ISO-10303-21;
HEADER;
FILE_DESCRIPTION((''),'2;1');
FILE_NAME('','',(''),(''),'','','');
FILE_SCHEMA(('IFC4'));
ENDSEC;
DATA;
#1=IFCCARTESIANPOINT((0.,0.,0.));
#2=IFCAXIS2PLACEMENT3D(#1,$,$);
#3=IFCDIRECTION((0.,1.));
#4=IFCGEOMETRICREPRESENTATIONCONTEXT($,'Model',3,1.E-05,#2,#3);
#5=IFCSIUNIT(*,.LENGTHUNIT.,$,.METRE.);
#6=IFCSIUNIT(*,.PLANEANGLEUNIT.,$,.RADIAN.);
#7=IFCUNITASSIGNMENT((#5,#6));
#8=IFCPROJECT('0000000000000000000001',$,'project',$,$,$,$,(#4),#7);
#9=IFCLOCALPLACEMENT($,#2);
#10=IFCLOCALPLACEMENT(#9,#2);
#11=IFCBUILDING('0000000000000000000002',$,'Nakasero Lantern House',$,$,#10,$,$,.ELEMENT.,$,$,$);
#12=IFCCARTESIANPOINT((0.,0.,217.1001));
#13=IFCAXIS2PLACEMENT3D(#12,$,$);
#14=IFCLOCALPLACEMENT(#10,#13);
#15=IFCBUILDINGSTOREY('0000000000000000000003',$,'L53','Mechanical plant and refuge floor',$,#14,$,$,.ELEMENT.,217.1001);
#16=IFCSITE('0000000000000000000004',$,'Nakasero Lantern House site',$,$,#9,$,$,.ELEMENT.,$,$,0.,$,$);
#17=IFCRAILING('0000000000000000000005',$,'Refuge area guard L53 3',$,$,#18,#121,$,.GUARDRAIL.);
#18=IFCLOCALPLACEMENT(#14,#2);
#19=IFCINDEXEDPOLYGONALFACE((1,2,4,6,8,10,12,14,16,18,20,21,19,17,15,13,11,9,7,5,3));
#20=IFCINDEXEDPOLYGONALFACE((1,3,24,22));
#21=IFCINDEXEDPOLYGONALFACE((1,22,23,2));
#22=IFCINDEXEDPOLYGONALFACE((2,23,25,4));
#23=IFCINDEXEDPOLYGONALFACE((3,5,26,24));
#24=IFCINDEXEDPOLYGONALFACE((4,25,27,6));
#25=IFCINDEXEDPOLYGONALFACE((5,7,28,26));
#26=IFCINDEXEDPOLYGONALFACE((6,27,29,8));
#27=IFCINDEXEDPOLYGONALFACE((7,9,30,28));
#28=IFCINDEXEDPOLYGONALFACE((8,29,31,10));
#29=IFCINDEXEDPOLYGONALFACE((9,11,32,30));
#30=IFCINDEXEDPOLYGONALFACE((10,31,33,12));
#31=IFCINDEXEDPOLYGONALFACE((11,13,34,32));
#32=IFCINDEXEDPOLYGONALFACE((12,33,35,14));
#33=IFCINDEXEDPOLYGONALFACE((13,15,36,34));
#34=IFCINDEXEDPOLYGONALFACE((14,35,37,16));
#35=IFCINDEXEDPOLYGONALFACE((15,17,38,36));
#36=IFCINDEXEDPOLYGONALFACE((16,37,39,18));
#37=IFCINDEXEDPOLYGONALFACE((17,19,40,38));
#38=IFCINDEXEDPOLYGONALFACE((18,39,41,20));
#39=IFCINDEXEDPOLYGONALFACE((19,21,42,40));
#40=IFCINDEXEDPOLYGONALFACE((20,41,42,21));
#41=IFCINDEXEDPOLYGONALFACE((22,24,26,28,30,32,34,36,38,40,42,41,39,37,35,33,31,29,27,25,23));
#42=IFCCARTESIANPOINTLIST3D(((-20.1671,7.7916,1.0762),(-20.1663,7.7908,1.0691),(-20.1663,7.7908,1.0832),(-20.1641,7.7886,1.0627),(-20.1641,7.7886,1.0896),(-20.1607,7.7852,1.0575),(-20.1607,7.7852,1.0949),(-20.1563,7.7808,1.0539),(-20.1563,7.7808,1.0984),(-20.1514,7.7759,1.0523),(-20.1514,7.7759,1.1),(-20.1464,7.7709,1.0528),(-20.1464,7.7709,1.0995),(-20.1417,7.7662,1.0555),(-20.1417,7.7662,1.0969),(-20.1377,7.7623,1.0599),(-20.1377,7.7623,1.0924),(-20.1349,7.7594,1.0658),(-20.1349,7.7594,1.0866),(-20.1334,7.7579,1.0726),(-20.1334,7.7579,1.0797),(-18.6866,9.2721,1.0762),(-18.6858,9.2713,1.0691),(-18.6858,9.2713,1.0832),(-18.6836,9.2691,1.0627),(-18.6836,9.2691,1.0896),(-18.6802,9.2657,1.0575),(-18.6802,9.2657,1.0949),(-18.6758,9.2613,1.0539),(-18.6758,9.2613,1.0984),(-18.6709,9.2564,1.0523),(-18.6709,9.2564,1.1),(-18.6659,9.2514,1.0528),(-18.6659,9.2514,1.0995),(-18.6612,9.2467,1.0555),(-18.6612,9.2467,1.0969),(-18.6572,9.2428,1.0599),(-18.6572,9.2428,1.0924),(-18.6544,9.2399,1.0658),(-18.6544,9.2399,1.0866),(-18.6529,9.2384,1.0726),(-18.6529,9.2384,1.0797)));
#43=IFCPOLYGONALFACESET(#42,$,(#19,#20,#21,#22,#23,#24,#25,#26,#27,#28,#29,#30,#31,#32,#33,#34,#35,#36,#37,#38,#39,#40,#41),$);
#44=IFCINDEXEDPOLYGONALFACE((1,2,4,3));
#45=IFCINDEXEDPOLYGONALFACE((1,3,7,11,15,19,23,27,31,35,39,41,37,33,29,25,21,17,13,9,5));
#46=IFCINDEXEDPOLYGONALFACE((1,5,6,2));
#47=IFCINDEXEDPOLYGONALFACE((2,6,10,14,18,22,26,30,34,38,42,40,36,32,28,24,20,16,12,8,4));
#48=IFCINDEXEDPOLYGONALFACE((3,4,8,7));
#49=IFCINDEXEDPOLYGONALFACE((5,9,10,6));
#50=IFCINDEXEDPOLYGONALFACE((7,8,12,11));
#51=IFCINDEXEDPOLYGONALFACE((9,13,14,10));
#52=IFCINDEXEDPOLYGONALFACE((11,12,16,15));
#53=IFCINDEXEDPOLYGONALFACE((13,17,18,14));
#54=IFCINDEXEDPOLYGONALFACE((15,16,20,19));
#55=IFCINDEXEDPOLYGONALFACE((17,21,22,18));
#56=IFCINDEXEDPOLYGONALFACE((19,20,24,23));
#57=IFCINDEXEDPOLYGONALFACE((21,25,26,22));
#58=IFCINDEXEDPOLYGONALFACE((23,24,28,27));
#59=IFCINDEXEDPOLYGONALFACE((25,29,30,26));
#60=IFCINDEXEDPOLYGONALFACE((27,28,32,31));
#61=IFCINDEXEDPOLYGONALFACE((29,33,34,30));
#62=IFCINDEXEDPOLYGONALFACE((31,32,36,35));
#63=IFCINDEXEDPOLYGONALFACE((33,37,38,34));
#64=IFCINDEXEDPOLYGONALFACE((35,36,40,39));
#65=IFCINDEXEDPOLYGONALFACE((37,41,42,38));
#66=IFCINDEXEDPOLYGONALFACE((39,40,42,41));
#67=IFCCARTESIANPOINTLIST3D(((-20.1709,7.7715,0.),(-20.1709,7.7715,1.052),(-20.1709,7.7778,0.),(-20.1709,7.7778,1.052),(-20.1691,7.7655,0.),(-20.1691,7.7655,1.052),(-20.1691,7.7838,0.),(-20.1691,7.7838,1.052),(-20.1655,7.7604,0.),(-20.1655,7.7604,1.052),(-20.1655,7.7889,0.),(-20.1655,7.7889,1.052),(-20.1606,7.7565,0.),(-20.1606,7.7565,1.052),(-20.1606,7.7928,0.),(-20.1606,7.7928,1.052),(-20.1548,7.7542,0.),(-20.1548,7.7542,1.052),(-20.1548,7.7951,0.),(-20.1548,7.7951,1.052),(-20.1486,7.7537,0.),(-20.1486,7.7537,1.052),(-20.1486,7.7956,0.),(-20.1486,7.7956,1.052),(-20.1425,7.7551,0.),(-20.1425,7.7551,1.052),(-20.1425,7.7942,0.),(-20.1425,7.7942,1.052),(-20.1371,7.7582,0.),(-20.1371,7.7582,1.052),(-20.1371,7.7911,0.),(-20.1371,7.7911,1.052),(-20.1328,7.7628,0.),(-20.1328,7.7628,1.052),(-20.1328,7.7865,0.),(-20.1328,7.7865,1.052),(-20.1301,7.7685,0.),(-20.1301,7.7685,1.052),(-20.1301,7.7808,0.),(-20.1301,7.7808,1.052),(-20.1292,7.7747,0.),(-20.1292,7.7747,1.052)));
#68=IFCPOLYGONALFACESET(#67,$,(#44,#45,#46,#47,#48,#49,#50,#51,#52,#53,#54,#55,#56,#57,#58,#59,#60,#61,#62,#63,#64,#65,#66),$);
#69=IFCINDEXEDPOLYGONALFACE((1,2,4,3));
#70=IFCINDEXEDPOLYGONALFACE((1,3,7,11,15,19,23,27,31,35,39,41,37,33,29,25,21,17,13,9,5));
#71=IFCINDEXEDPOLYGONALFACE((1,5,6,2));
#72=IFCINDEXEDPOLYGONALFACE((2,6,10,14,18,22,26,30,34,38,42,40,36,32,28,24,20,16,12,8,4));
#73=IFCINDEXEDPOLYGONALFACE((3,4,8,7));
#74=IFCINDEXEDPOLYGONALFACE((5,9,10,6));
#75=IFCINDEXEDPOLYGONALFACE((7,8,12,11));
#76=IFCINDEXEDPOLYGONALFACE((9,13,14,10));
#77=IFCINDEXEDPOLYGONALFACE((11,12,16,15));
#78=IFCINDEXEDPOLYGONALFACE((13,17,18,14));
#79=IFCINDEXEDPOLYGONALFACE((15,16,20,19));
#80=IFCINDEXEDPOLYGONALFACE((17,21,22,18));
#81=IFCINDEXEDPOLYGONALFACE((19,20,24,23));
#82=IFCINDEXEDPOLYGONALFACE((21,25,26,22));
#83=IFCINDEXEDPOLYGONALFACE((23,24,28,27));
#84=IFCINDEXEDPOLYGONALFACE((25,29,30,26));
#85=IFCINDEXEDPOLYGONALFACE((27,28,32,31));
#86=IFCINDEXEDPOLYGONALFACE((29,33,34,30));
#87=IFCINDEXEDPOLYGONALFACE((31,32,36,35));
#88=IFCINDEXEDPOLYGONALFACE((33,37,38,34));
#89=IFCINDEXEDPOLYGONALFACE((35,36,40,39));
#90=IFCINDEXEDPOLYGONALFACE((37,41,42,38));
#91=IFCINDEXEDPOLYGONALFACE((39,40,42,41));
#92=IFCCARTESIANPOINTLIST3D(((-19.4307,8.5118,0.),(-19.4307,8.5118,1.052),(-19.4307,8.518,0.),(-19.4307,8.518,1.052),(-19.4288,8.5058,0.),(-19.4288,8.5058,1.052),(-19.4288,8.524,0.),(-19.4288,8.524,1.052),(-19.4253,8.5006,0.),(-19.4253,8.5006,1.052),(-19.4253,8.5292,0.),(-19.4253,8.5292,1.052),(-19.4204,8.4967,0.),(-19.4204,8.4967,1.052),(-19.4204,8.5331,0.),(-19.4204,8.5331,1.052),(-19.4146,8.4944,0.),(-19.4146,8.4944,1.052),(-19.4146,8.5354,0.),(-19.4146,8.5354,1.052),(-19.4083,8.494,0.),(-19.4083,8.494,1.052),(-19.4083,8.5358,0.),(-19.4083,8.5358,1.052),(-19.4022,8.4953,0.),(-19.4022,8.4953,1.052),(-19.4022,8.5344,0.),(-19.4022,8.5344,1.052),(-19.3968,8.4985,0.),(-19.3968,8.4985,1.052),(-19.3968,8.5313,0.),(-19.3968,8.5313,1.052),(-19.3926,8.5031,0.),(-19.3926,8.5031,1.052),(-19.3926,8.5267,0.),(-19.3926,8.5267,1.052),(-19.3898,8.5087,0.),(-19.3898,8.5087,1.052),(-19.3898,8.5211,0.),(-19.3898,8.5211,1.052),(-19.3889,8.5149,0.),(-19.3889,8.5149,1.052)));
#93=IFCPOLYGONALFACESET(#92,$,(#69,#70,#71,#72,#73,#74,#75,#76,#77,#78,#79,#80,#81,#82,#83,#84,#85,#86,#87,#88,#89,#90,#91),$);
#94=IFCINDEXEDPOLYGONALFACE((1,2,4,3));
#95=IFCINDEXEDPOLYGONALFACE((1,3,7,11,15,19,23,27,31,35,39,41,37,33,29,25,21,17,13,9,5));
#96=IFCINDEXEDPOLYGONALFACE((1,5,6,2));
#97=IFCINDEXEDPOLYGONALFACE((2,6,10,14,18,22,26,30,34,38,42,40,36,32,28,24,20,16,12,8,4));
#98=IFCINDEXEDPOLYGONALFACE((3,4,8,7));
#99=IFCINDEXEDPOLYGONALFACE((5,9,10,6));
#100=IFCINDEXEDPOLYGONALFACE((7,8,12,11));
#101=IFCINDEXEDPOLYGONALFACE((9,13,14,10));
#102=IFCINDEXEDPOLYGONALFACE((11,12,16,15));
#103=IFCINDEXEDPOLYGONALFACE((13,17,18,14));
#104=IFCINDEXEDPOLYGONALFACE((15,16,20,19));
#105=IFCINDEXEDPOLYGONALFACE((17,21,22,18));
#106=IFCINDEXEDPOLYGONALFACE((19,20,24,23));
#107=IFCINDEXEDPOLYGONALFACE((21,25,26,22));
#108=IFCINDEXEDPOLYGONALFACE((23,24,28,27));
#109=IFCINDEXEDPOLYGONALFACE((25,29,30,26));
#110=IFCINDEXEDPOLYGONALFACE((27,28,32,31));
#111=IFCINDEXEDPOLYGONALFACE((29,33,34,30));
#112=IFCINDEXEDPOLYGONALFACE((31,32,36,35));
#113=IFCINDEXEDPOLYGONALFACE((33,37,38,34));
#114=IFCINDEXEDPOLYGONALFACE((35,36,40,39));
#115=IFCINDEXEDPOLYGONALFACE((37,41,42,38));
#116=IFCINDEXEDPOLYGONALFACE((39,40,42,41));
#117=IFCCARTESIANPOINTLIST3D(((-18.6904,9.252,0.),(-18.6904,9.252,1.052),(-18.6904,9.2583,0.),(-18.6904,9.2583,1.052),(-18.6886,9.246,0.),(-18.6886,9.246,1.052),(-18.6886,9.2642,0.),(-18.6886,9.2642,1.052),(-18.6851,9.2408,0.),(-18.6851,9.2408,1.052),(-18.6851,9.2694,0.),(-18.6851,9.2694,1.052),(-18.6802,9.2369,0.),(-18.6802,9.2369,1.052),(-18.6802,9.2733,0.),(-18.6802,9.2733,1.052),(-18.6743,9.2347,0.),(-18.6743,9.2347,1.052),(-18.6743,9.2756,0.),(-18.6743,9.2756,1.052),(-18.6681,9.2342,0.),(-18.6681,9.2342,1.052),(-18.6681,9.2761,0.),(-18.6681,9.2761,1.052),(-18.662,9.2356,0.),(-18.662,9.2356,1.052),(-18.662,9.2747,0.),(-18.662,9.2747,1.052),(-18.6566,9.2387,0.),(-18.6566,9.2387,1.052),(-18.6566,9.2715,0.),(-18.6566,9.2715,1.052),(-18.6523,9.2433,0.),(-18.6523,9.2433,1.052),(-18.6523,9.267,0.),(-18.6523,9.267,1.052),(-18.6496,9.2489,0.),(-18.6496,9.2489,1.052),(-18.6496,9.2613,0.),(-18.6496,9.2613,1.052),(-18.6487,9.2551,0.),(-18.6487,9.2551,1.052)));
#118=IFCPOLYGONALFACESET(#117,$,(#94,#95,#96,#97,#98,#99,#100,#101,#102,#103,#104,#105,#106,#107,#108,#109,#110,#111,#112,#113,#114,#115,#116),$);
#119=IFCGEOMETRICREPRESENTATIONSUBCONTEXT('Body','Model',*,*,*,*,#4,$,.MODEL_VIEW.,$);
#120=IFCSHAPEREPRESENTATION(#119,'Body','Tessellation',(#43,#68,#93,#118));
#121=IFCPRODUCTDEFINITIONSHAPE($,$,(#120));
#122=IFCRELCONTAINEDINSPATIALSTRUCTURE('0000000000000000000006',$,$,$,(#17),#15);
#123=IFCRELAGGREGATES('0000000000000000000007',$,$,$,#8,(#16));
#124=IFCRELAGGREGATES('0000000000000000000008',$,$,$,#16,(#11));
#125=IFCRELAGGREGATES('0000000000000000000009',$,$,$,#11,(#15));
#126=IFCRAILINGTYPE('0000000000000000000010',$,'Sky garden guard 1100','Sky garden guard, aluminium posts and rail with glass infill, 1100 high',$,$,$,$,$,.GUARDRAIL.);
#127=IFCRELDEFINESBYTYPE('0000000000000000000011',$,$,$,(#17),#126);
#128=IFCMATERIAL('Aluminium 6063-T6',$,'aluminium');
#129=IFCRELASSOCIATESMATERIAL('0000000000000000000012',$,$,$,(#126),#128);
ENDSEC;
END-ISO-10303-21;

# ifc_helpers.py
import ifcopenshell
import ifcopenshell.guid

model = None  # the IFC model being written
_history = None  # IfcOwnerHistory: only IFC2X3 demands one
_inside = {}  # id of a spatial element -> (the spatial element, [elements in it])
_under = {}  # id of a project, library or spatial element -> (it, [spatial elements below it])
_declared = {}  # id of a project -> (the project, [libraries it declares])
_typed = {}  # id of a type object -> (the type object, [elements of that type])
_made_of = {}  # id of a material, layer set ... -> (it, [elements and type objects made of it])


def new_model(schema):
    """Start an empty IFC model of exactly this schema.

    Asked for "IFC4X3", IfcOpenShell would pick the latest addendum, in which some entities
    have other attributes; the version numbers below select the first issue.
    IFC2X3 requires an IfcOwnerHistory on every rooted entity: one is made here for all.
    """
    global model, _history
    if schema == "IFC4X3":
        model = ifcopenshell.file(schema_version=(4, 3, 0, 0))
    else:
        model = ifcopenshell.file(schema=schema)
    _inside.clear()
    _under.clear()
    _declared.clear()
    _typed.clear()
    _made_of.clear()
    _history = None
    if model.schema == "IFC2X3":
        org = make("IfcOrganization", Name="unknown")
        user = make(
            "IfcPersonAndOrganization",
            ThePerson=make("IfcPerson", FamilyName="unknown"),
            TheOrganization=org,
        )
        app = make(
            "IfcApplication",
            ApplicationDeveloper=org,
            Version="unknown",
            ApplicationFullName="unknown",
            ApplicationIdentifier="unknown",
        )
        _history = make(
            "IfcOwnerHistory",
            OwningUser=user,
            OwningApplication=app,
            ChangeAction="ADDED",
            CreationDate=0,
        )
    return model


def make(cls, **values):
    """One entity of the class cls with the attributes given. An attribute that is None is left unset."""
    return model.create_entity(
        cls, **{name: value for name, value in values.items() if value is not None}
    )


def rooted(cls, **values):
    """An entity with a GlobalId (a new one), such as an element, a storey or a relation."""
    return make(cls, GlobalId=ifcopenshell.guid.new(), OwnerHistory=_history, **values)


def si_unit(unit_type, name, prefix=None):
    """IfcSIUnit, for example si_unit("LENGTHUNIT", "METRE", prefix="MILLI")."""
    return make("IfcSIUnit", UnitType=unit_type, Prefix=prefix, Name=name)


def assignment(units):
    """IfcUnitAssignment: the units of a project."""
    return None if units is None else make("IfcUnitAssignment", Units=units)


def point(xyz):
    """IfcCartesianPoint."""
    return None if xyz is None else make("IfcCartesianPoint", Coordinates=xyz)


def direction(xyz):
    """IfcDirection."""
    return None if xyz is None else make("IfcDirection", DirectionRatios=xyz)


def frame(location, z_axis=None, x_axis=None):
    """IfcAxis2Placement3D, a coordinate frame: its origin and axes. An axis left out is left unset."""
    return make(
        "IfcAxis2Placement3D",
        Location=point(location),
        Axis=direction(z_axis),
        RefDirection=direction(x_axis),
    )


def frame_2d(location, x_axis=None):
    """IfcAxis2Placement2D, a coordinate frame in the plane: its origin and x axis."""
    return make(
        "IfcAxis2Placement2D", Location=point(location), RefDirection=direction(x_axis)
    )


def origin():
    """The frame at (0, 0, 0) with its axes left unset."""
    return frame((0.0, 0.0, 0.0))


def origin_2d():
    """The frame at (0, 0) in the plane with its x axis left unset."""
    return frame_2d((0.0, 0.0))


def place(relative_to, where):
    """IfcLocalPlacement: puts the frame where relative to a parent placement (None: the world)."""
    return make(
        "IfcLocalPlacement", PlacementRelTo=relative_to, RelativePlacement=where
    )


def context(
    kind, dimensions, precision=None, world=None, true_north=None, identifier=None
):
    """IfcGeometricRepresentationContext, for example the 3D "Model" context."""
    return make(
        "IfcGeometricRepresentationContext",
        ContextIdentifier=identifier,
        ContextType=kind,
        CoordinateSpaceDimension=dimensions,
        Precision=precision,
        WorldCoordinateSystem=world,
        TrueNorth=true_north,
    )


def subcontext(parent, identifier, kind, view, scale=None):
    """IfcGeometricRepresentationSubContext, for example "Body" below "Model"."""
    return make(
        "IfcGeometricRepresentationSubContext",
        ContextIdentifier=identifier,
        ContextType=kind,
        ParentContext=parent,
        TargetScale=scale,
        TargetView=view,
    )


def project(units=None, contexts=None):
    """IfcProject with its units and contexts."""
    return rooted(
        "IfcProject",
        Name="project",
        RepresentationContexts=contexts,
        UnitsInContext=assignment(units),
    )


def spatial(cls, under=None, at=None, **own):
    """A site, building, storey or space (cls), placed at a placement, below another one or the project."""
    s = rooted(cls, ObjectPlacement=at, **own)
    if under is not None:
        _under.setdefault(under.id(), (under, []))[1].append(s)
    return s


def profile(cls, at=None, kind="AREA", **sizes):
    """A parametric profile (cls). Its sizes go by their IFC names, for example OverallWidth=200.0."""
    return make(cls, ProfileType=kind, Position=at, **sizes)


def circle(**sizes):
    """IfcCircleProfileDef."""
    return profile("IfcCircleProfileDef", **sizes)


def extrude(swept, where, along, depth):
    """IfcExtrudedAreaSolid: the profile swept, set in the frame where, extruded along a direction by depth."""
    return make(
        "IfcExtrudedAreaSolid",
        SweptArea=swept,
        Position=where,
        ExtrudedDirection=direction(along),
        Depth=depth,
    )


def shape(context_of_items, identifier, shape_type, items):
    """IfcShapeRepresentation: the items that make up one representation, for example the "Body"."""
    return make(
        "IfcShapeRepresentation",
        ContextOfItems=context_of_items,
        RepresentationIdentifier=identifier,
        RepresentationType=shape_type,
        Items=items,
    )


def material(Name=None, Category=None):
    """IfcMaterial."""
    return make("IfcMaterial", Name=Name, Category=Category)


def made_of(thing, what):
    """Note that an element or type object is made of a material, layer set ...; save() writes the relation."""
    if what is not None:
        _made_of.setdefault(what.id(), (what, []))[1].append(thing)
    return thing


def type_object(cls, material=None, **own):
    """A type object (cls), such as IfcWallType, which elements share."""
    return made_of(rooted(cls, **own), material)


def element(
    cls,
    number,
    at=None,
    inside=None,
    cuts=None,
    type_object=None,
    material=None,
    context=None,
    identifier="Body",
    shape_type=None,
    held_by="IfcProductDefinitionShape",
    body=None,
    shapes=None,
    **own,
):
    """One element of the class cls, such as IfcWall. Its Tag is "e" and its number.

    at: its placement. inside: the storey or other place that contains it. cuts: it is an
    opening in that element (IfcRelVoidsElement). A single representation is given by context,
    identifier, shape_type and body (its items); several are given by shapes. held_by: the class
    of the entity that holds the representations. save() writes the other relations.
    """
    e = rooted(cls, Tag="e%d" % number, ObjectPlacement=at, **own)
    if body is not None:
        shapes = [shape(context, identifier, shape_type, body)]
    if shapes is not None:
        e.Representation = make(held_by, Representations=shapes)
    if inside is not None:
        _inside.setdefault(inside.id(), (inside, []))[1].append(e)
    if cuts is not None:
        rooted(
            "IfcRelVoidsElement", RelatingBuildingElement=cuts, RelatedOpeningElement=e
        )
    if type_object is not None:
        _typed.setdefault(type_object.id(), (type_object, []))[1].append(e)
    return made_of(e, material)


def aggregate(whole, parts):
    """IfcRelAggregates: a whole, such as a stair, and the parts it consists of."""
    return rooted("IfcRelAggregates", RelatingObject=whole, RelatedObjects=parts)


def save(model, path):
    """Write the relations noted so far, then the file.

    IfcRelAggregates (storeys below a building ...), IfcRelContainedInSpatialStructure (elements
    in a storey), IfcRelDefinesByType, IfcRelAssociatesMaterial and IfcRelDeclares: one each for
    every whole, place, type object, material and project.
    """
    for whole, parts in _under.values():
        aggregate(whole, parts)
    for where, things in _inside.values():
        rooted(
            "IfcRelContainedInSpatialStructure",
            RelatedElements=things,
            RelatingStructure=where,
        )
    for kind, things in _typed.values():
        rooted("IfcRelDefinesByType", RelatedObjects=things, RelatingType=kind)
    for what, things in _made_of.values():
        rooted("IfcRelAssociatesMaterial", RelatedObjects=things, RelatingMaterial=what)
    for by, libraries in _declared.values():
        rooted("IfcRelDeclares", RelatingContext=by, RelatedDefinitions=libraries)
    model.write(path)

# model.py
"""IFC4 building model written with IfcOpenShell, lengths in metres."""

from ifc_helpers import new_model, si_unit, direction, frame, origin, origin_2d, place, context, subcontext, project, spatial, circle, extrude, material, type_object, element, save


model = new_model("IFC4")

# Units and contexts
model_context = context("Model", 3, precision=1e-05, world=origin(), true_north=direction((0.0, 1.0)))
body_context = subcontext(model_context, "Body", "Model", "MODEL_VIEW")
ifc_project = project(units=[si_unit("LENGTHUNIT", "METRE"), si_unit("PLANEANGLEUNIT", "RADIAN")], contexts=[model_context])

# Site, building, storey
site_placement = place(None, origin())
site = spatial("IfcSite", under=ifc_project, at=site_placement, Name="Nakasero Lantern House site", CompositionType="ELEMENT", RefElevation=0.0)
building_placement = place(site_placement, origin())
building = spatial("IfcBuilding", under=site, at=building_placement, Name="Nakasero Lantern House", CompositionType="ELEMENT")
storey_placement = place(building_placement, frame((0.0, 0.0, 217.1001)))
storey = spatial("IfcBuildingStorey", under=building, at=storey_placement, Name="L53", Description="Mechanical plant and refuge floor", CompositionType="ELEMENT", Elevation=217.1001)

# Railing
ifc_material_1 = material(Name="Aluminium 6063-T6", Category="aluminium")
railing_type = type_object("IfcRailingType", Name="Sky garden guard 1100", Description="Sky garden guard, aluminium posts and rail with glass infill, 1100 high", PredefinedType="GUARDRAIL", material=ifc_material_1)
railing_1_placement = place(storey_placement, frame((-20.1501, 7.7747, 0.0)))
element("IfcRailing", 1, at=railing_1_placement, inside=storey, type_object=railing_type, Name="Refuge area guard L53 3", PredefinedType="GUARDRAIL", context=body_context, shape_type="SweptSolid", body=[
    extrude(circle(Radius=0.0239, at=origin_2d()), frame((0.0, 0.0, 1.0762), z_axis=(0.707107, 0.707107, 0.0), x_axis=(-0.707107, 0.707107, 0.0)), (0.0, 0.0, 1.0), 2.0938),
    extrude(circle(Radius=0.021, at=origin_2d()), origin(), (0.0, 0.0, 1.0), 1.052),
    extrude(circle(Radius=0.021, at=origin_2d()), frame((0.7402, 0.7402, 0.0)), (0.0, 0.0, 1.0), 1.052),
    extrude(circle(Radius=0.021, at=origin_2d()), frame((1.4805, 1.4805, 0.0)), (0.0, 0.0, 1.0), 1.052),
])

save(model, "model.ifc")
